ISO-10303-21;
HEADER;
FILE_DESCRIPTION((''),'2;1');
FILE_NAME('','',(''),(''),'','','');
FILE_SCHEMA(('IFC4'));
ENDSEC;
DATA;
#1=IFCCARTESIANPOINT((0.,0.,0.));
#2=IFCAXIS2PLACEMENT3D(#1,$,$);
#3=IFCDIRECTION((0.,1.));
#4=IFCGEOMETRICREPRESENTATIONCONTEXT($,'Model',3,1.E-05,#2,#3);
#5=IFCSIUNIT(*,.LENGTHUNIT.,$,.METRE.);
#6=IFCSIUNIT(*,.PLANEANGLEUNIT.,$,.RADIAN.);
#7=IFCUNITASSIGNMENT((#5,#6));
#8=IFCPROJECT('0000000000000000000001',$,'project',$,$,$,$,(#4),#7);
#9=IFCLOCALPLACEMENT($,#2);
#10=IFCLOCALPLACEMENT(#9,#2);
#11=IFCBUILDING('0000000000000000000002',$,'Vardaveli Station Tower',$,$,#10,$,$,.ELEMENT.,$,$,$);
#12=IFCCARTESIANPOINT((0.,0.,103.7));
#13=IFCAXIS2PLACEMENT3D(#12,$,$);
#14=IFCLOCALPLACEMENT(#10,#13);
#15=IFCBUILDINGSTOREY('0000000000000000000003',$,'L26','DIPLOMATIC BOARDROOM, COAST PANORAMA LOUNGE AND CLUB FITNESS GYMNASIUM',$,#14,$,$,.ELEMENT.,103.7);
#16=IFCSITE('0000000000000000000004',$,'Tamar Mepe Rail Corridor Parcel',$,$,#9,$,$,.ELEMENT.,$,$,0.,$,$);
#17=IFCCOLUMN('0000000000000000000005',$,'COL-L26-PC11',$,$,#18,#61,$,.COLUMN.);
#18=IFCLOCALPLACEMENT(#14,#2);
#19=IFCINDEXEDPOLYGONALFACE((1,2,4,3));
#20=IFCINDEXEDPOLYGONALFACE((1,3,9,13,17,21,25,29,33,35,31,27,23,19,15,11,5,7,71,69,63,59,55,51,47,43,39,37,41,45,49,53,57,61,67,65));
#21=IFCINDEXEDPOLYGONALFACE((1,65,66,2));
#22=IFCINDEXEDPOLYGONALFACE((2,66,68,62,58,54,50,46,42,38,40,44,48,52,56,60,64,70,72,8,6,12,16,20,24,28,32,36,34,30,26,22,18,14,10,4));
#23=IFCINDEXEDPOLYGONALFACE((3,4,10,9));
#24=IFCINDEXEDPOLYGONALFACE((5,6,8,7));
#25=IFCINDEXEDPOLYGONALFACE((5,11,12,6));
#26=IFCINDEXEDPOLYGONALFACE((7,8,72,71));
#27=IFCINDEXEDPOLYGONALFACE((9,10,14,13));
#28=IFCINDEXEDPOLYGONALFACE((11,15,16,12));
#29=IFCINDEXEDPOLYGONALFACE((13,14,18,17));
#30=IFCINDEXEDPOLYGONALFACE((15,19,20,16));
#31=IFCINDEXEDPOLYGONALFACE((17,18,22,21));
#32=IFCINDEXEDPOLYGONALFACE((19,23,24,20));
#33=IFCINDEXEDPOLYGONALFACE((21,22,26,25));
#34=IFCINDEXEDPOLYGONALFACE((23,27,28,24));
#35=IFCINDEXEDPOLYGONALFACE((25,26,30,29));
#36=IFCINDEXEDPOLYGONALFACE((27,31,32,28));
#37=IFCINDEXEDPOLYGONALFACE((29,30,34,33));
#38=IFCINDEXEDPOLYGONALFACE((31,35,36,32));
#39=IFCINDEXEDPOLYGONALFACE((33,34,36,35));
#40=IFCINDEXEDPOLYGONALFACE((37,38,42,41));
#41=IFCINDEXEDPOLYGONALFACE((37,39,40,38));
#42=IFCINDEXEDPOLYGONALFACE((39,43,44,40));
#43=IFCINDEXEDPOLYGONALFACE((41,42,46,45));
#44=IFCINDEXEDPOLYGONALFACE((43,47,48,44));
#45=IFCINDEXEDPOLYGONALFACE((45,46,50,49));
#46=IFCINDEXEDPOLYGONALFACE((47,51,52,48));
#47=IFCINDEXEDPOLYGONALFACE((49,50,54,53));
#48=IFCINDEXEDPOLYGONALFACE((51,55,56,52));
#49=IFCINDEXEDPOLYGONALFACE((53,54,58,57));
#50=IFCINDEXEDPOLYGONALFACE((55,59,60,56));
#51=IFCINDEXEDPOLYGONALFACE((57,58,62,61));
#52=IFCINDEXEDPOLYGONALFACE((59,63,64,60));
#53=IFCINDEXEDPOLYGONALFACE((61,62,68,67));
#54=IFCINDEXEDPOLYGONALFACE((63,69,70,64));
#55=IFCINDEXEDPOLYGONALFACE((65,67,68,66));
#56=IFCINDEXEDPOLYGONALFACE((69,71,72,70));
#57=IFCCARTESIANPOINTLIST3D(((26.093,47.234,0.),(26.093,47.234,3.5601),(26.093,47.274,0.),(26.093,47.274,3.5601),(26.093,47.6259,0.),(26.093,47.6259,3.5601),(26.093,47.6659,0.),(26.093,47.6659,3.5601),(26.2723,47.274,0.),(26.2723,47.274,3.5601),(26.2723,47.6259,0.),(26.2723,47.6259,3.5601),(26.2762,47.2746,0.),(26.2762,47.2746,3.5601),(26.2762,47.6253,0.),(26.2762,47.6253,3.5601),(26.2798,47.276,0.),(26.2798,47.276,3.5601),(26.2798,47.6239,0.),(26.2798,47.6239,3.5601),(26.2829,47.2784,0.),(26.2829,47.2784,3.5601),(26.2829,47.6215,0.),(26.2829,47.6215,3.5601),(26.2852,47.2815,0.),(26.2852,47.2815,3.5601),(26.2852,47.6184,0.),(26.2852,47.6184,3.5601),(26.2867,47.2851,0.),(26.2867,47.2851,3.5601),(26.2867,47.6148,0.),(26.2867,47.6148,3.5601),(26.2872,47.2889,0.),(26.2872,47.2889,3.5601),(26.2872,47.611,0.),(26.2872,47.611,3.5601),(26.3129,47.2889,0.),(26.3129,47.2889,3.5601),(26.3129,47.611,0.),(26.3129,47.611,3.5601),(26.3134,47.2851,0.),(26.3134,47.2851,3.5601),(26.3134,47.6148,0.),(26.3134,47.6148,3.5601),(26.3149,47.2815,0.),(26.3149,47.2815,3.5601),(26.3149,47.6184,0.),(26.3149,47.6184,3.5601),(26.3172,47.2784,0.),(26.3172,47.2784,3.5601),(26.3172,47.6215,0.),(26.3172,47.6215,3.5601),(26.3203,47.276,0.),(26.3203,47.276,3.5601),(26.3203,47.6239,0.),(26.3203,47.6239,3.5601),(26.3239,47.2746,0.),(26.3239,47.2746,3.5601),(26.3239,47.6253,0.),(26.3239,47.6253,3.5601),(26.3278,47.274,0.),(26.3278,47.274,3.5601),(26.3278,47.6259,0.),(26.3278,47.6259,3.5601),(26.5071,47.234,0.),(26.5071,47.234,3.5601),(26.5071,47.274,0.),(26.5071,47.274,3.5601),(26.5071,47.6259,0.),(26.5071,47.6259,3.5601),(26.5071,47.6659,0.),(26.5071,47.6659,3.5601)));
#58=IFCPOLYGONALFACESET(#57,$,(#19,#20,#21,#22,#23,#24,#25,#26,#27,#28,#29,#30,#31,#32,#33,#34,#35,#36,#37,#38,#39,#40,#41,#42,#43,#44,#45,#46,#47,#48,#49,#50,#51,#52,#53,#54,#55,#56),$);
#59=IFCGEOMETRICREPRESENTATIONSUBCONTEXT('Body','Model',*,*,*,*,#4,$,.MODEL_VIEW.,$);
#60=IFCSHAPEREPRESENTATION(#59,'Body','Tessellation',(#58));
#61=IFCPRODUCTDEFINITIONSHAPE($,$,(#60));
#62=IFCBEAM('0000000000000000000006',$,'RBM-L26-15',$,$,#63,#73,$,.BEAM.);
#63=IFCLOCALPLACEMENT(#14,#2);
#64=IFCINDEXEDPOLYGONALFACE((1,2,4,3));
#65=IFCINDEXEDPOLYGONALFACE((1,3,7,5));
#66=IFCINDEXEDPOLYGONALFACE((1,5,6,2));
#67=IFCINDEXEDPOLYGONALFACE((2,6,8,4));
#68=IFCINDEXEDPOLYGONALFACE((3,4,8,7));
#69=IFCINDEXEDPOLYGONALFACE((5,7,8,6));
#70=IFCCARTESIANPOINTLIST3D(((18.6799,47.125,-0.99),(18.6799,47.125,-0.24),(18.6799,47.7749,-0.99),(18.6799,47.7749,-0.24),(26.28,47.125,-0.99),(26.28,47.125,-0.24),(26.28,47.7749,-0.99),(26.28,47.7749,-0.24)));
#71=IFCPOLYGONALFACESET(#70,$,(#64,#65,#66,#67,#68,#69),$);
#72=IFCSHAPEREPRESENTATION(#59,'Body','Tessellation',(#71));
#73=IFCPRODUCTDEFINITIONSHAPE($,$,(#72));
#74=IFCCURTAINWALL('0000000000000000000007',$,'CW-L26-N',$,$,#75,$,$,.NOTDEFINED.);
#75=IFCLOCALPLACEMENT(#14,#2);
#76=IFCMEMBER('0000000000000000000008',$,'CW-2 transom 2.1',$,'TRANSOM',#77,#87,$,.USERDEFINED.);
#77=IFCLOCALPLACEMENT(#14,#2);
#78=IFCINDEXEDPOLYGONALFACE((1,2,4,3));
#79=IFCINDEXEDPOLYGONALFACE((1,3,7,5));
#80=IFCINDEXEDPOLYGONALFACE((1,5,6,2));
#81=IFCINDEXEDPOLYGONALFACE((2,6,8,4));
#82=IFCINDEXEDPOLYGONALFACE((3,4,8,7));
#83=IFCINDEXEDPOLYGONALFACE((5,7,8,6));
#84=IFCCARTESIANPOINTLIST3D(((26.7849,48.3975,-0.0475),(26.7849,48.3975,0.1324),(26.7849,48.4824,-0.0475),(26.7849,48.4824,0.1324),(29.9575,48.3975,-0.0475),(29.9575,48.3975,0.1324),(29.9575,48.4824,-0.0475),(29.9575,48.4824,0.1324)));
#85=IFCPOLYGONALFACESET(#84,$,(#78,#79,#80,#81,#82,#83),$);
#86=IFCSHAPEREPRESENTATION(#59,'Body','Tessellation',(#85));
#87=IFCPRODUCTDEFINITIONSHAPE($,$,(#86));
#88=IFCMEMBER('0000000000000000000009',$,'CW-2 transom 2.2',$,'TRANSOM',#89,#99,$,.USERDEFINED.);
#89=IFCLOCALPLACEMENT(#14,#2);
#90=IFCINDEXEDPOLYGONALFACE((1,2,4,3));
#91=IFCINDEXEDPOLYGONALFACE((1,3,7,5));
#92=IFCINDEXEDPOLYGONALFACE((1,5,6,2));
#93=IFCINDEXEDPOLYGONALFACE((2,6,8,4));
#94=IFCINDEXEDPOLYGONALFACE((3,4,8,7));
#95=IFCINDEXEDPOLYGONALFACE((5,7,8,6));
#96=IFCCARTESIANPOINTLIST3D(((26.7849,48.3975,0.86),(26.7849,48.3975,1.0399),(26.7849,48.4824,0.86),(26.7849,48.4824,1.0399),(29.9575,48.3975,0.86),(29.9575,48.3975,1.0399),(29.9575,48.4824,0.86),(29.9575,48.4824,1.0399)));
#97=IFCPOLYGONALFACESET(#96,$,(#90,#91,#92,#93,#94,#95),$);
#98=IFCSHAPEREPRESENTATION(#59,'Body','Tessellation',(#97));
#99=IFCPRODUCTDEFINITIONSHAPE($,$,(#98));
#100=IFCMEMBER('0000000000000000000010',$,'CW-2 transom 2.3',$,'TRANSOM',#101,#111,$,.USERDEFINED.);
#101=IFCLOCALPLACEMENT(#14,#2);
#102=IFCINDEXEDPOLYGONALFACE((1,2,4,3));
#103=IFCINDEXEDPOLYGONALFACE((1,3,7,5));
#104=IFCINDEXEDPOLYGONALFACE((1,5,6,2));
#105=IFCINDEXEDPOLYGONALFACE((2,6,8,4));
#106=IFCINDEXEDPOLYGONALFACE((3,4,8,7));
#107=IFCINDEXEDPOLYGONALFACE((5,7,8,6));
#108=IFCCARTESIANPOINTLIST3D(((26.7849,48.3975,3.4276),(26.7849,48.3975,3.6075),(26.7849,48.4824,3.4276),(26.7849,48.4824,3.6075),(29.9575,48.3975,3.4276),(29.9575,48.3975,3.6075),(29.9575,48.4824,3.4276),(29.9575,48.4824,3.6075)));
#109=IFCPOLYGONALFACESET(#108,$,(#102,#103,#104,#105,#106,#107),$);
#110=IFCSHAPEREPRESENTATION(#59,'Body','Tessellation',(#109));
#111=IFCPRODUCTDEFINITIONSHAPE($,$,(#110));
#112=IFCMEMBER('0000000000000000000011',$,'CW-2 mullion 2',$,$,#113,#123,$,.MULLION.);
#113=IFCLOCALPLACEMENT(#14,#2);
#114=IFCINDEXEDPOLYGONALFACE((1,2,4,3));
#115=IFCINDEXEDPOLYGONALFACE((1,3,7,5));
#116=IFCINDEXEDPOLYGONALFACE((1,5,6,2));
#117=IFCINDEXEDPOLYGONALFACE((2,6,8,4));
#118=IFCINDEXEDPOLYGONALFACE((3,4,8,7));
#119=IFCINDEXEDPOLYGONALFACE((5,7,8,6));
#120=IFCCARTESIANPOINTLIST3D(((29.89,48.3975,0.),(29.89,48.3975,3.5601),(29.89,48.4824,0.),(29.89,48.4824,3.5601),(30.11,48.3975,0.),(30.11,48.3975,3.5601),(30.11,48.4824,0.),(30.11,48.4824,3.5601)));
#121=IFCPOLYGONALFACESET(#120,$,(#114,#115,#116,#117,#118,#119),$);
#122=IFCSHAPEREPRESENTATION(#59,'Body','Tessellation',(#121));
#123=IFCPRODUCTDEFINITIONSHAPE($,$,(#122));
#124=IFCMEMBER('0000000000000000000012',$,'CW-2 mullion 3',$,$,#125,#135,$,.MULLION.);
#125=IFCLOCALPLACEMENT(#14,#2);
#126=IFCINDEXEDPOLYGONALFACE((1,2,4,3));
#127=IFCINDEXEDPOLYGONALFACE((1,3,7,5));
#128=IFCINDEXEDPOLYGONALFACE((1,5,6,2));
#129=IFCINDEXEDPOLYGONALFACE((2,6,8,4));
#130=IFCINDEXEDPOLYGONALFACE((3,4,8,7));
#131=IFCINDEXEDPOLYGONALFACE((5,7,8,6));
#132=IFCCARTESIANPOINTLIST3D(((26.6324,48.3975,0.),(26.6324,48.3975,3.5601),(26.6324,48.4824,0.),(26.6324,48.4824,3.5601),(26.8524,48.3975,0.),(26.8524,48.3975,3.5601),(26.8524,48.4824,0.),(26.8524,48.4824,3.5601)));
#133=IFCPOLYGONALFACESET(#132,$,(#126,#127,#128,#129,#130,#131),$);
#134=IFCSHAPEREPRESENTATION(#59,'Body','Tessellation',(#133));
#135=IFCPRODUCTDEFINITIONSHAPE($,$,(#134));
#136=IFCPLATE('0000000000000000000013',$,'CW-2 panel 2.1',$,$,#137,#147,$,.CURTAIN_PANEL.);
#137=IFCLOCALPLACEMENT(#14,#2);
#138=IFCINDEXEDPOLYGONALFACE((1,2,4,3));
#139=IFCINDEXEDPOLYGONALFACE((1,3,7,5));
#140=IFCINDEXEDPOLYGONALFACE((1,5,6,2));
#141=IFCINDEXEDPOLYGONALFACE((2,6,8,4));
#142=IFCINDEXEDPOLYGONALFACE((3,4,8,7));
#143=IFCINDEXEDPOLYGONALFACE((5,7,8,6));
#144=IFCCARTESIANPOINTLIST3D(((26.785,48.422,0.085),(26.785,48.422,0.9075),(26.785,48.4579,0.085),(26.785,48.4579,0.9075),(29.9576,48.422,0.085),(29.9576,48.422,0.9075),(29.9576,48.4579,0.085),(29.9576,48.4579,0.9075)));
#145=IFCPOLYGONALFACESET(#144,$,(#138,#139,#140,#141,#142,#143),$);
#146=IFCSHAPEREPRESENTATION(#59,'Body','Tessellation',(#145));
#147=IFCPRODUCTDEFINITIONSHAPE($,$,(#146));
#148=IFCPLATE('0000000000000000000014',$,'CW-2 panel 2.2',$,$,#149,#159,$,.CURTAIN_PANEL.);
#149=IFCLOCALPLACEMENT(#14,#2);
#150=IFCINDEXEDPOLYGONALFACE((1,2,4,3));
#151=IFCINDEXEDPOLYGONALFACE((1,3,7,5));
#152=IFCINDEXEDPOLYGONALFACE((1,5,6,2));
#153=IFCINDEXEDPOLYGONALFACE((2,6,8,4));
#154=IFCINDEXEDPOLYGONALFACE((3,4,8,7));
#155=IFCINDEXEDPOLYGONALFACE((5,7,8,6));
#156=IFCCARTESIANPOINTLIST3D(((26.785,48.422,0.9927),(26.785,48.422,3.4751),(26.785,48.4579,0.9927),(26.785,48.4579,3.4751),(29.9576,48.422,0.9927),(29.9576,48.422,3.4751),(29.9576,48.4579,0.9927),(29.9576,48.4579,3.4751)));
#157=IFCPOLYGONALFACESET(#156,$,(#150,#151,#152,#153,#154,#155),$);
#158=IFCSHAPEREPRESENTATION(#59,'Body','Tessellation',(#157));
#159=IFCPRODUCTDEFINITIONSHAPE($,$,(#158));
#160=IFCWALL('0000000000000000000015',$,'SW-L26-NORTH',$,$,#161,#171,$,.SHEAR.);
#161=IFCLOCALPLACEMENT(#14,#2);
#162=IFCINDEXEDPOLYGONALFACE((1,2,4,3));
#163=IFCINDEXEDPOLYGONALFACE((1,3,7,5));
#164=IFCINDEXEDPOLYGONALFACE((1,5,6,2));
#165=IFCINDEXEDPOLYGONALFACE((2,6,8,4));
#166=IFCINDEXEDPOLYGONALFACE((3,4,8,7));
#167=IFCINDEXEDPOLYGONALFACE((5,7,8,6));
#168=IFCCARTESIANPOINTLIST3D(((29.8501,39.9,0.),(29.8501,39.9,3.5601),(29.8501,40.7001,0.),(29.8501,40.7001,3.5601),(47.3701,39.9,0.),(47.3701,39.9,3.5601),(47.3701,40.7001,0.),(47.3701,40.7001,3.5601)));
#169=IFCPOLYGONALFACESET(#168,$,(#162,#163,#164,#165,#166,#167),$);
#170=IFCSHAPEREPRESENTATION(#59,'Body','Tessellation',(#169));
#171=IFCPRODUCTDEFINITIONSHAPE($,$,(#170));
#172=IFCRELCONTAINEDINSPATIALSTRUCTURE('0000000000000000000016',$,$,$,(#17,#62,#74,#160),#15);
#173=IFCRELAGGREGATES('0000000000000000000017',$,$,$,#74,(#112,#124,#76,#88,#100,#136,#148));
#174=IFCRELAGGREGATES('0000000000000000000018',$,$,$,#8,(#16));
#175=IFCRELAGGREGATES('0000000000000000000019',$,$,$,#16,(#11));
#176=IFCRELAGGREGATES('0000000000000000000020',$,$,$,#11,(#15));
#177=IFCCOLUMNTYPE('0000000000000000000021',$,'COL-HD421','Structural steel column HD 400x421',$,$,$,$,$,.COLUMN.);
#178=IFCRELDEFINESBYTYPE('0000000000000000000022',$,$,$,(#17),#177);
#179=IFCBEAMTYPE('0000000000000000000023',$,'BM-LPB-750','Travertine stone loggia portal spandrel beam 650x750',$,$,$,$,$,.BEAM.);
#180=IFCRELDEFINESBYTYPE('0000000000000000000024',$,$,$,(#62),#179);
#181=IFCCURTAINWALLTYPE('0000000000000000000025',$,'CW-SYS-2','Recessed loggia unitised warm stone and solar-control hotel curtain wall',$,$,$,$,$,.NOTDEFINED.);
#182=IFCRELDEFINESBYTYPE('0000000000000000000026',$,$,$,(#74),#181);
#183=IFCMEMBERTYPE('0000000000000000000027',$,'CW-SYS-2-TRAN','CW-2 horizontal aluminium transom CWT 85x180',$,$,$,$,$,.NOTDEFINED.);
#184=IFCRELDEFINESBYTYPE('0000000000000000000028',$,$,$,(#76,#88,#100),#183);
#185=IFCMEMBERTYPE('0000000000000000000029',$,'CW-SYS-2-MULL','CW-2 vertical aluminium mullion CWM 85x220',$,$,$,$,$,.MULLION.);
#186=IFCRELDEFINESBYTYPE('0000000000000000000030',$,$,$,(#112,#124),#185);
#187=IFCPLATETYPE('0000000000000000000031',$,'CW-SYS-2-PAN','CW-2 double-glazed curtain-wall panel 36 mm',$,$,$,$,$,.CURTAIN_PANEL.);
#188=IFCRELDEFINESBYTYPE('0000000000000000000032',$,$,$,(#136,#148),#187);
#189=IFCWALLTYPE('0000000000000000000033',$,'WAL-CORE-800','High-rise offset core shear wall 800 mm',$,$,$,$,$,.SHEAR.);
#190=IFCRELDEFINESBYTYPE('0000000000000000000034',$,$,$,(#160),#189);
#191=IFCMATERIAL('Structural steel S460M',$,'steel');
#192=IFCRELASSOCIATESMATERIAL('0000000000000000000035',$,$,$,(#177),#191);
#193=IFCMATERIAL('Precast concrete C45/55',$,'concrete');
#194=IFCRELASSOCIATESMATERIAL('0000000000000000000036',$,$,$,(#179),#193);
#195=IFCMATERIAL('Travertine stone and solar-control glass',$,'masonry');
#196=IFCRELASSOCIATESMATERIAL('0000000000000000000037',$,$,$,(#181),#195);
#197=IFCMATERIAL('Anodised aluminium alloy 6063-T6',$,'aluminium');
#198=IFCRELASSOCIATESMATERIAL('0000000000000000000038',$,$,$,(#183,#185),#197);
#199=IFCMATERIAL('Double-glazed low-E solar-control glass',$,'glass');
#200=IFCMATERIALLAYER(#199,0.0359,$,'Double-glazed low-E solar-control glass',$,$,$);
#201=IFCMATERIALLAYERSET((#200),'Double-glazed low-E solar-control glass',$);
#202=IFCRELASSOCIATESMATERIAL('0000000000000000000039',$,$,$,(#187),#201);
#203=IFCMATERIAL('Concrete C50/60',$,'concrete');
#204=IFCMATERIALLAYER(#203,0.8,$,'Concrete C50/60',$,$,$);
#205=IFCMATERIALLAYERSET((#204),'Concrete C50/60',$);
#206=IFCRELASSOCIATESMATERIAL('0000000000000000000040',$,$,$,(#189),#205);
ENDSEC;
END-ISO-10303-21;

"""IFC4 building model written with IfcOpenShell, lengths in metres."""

from ifc_helpers import new_model, si_unit, direction, frame, frame_2d, origin, origin_2d, place, context, subcontext, project, spatial, rectangle, i_section, extrude, source, transform, mapped, material, layer, layer_set, material_profile, profile_set, type_object, element, aggregate, save


model = new_model("IFC4")

# Units and contexts
model_context = context("Model", 3, precision=1e-05, world=origin(), true_north=direction((0.0, 1.0)))
body_context = subcontext(model_context, "Body", "Model", "MODEL_VIEW")
ifc_project = project(units=[si_unit("LENGTHUNIT", "METRE"), si_unit("PLANEANGLEUNIT", "RADIAN")], contexts=[model_context])

# Site, building, storey
site_placement = place(None, origin())
site = spatial("IfcSite", under=ifc_project, at=site_placement, Name="Tamar Mepe Rail Corridor Parcel", CompositionType="ELEMENT", RefElevation=0.0)
building_placement = place(site_placement, origin())
building = spatial("IfcBuilding", under=site, at=building_placement, Name="Vardaveli Station Tower", CompositionType="ELEMENT")
storey_placement = place(building_placement, frame((0.0, 0.0, 103.7)))
storey = spatial("IfcBuildingStorey", under=building, at=storey_placement, Name="L26", Description="DIPLOMATIC BOARDROOM, COAST PANORAMA LOUNGE AND CLUB FITNESS GYMNASIUM", CompositionType="ELEMENT", Elevation=103.7)

# Column
ifc_material_1 = material(Name="Structural steel S460M", Category="steel")
ifc_material_profile_1 = material_profile(ifc_material_1, i_section(OverallWidth=0.4141, OverallDepth=0.4319, WebThickness=0.0256, FlangeThickness=0.04, FilletRadius=0.0149, at=origin_2d()), Name="HD 400x421")
ifc_profile_set_1 = profile_set([ifc_material_profile_1], Name="Structural steel S460M")
column_type = type_object("IfcColumnType", Name="COL-HD421", Description="Structural steel column HD 400x421", PredefinedType="COLUMN", material=ifc_profile_set_1)
shared_shape_1 = source(origin(), body_context, "Body", "SweptSolid", [
    extrude(i_section(OverallWidth=0.4141, OverallDepth=0.4319, WebThickness=0.0256, FlangeThickness=0.04, FilletRadius=0.0149, at=origin_2d()), origin(), (0.0, 0.0, 1.0), 3.5601),
])
column_placement = place(storey_placement, frame((26.3, 47.45, 0.0), z_axis=(0.0, 0.0, 1.0), x_axis=(1.0, 0.0, 0.0)))
element("IfcColumn", 1, at=column_placement, inside=storey, type_object=column_type, Name="COL-L26-PC11", PredefinedType="COLUMN", context=body_context, shape_type="MappedRepresentation", body=[
    mapped(shared_shape_1, transform((0.0, 0.0, 0.0), scale=1.0)),
])

# Beam
ifc_material_2 = material(Name="Precast concrete C45/55", Category="concrete")
ifc_material_profile_2 = material_profile(ifc_material_2, rectangle(XDim=0.6499, YDim=0.75, at=origin_2d()), Name="LPB 650x750")
ifc_profile_set_2 = profile_set([ifc_material_profile_2], Name="Precast concrete C45/55")
beam_type = type_object("IfcBeamType", Name="BM-LPB-750", Description="Travertine stone loggia portal spandrel beam 650x750", PredefinedType="BEAM", material=ifc_profile_set_2)
shared_shape_2 = source(origin(), body_context, "Body", "SweptSolid", [
    extrude(rectangle(XDim=0.6499, YDim=0.75, at=origin_2d()), origin(), (0.0, 0.0, 1.0), 7.6001),
])
beam_placement = place(storey_placement, frame((26.28, 47.45, -0.615), z_axis=(-1.0, 0.0, 0.0), x_axis=(0.0, -1.0, 0.0)))
element("IfcBeam", 2, at=beam_placement, inside=storey, type_object=beam_type, Name="RBM-L26-15", PredefinedType="BEAM", context=body_context, shape_type="MappedRepresentation", body=[
    mapped(shared_shape_2, transform((0.0, 0.0, 0.0), scale=1.0)),
])

# Curtain wall, members, plates
ifc_material_3 = material(Name="Travertine stone and solar-control glass", Category="masonry")
curtain_wall_type = type_object("IfcCurtainWallType", Name="CW-SYS-2", Description="Recessed loggia unitised warm stone and solar-control hotel curtain wall", PredefinedType="NOTDEFINED", material=ifc_material_3)
curtain_wall_placement = place(storey_placement, origin())
curtain_wall = element("IfcCurtainWall", 3, at=curtain_wall_placement, inside=storey, type_object=curtain_wall_type, Name="CW-L26-N", PredefinedType="NOTDEFINED")
ifc_material_4 = material(Name="Anodised aluminium alloy 6063-T6", Category="aluminium")
ifc_material_profile_3 = material_profile(ifc_material_4, rectangle(XDim=0.085, YDim=0.1799, at=origin_2d()), Name="CWT 85x180")
ifc_profile_set_3 = profile_set([ifc_material_profile_3], Name="Anodised aluminium alloy 6063-T6")
member_type_1 = type_object("IfcMemberType", Name="CW-SYS-2-TRAN", Description="CW-2 horizontal aluminium transom CWT 85x180", PredefinedType="NOTDEFINED", material=ifc_profile_set_3)
shared_shape_3 = source(origin(), body_context, "Body", "SweptSolid", [
    extrude(rectangle(XDim=0.085, YDim=0.1799, at=origin_2d()), origin(), (0.0, 0.0, 1.0), 3.1726),
])
member_1_placement = place(storey_placement, frame((29.9575, 48.4399, 0.0425), z_axis=(-1.0, 0.0, 0.0), x_axis=(0.0, -1.0, 0.0)))
member_1 = element("IfcMember", 4, at=member_1_placement, type_object=member_type_1, Name="CW-2 transom 2.1", ObjectType="TRANSOM", PredefinedType="USERDEFINED", context=body_context, shape_type="MappedRepresentation", body=[
    mapped(shared_shape_3, transform((0.0, 0.0, 0.0), scale=1.0)),
])
member_2_placement = place(storey_placement, frame((29.9575, 48.4399, 0.95), z_axis=(-1.0, 0.0, 0.0), x_axis=(0.0, -1.0, 0.0)))
member_2 = element("IfcMember", 5, at=member_2_placement, type_object=member_type_1, Name="CW-2 transom 2.2", ObjectType="TRANSOM", PredefinedType="USERDEFINED", context=body_context, shape_type="MappedRepresentation", body=[
    mapped(shared_shape_3, transform((0.0, 0.0, 0.0), scale=1.0)),
])
member_3_placement = place(storey_placement, frame((29.9575, 48.4399, 3.5176), z_axis=(-1.0, 0.0, 0.0), x_axis=(0.0, -1.0, 0.0)))
member_3 = element("IfcMember", 6, at=member_3_placement, type_object=member_type_1, Name="CW-2 transom 2.3", ObjectType="TRANSOM", PredefinedType="USERDEFINED", context=body_context, shape_type="MappedRepresentation", body=[
    mapped(shared_shape_3, transform((0.0, 0.0, 0.0), scale=1.0)),
])
ifc_material_profile_4 = material_profile(ifc_material_4, rectangle(XDim=0.085, YDim=0.22, at=origin_2d()), Name="CWM 85x220")
ifc_profile_set_4 = profile_set([ifc_material_profile_4], Name="Anodised aluminium alloy 6063-T6")
member_type_2 = type_object("IfcMemberType", Name="CW-SYS-2-MULL", Description="CW-2 vertical aluminium mullion CWM 85x220", PredefinedType="MULLION", material=ifc_profile_set_4)
shared_shape_4 = source(origin(), body_context, "Body", "SweptSolid", [
    extrude(rectangle(XDim=0.085, YDim=0.22, at=origin_2d()), origin(), (0.0, 0.0, 1.0), 3.5601),
])
member_4_placement = place(storey_placement, frame((30.0, 48.4399, 0.0), z_axis=(0.0, 0.0, 1.0), x_axis=(0.0, -1.0, 0.0)))
member_4 = element("IfcMember", 7, at=member_4_placement, type_object=member_type_2, Name="CW-2 mullion 2", PredefinedType="MULLION", context=body_context, shape_type="MappedRepresentation", body=[
    mapped(shared_shape_4, transform((0.0, 0.0, 0.0), scale=1.0)),
])
member_5_placement = place(storey_placement, frame((26.7424, 48.4399, 0.0), z_axis=(0.0, 0.0, 1.0), x_axis=(0.0, -1.0, 0.0)))
member_5 = element("IfcMember", 8, at=member_5_placement, type_object=member_type_2, Name="CW-2 mullion 3", PredefinedType="MULLION", context=body_context, shape_type="MappedRepresentation", body=[
    mapped(shared_shape_4, transform((0.0, 0.0, 0.0), scale=1.0)),
])
ifc_material_5 = material(Name="Double-glazed low-E solar-control glass", Category="glass")
ifc_layer_1 = layer(ifc_material_5, 0.0359, Name="Double-glazed low-E solar-control glass")
ifc_layer_set_1 = layer_set([ifc_layer_1], Name="Double-glazed low-E solar-control glass")
plate_type = type_object("IfcPlateType", Name="CW-SYS-2-PAN", Description="CW-2 double-glazed curtain-wall panel 36 mm", PredefinedType="CURTAIN_PANEL", material=ifc_layer_set_1)
shared_shape_5 = source(origin(), body_context, "Body", "SweptSolid", [
    extrude(rectangle(XDim=3.1726, YDim=0.0359, at=origin_2d()), origin(), (0.0, 0.0, 1.0), 0.8225),
])
plate_1_placement = place(storey_placement, frame((28.3713, 48.4399, 0.085), z_axis=(0.0, 0.0, 1.0), x_axis=(-1.0, 0.0, 0.0)))
plate_1 = element("IfcPlate", 9, at=plate_1_placement, type_object=plate_type, Name="CW-2 panel 2.1", PredefinedType="CURTAIN_PANEL", context=body_context, shape_type="MappedRepresentation", body=[
    mapped(shared_shape_5, transform((0.0, 0.0, 0.0), scale=1.0)),
])
shared_shape_6 = source(origin(), body_context, "Body", "SweptSolid", [
    extrude(rectangle(XDim=3.1726, YDim=0.0359, at=origin_2d()), origin(), (0.0, 0.0, 1.0), 2.4824),
])
plate_2_placement = place(storey_placement, frame((28.3713, 48.4399, 0.9927), z_axis=(0.0, 0.0, 1.0), x_axis=(-1.0, 0.0, 0.0)))
plate_2 = element("IfcPlate", 10, at=plate_2_placement, type_object=plate_type, Name="CW-2 panel 2.2", PredefinedType="CURTAIN_PANEL", context=body_context, shape_type="MappedRepresentation", body=[
    mapped(shared_shape_6, transform((0.0, 0.0, 0.0), scale=1.0)),
])
aggregate(curtain_wall, [member_4, member_5, member_1, member_2, member_3, plate_1, plate_2])

# Wall
ifc_material_6 = material(Name="Concrete C50/60", Category="concrete")
ifc_layer_2 = layer(ifc_material_6, 0.8, Name="Concrete C50/60")
ifc_layer_set_2 = layer_set([ifc_layer_2], Name="Concrete C50/60")
wall_type_1 = type_object("IfcWallType", Name="WAL-CORE-800", Description="High-rise offset core shear wall 800 mm", PredefinedType="SHEAR", material=ifc_layer_set_2)
shared_shape_7 = source(origin(), body_context, "Body", "SweptSolid", [
    extrude(rectangle(XDim=17.52, YDim=0.8, at=frame_2d((8.76, 0.0))), origin(), (0.0, 0.0, 1.0), 3.5601),
])
wall_1_placement = place(storey_placement, frame((29.8501, 40.3, 0.0), z_axis=(0.0, 0.0, 1.0), x_axis=(1.0, 0.0, 0.0)))
element("IfcWall", 11, at=wall_1_placement, inside=storey, type_object=wall_type_1, Name="SW-L26-NORTH", PredefinedType="SHEAR", context=body_context, shape_type="MappedRepresentation", body=[
    mapped(shared_shape_7, transform((0.0, 0.0, 0.0), scale=1.0)),
])

save(model, "model.ifc")
